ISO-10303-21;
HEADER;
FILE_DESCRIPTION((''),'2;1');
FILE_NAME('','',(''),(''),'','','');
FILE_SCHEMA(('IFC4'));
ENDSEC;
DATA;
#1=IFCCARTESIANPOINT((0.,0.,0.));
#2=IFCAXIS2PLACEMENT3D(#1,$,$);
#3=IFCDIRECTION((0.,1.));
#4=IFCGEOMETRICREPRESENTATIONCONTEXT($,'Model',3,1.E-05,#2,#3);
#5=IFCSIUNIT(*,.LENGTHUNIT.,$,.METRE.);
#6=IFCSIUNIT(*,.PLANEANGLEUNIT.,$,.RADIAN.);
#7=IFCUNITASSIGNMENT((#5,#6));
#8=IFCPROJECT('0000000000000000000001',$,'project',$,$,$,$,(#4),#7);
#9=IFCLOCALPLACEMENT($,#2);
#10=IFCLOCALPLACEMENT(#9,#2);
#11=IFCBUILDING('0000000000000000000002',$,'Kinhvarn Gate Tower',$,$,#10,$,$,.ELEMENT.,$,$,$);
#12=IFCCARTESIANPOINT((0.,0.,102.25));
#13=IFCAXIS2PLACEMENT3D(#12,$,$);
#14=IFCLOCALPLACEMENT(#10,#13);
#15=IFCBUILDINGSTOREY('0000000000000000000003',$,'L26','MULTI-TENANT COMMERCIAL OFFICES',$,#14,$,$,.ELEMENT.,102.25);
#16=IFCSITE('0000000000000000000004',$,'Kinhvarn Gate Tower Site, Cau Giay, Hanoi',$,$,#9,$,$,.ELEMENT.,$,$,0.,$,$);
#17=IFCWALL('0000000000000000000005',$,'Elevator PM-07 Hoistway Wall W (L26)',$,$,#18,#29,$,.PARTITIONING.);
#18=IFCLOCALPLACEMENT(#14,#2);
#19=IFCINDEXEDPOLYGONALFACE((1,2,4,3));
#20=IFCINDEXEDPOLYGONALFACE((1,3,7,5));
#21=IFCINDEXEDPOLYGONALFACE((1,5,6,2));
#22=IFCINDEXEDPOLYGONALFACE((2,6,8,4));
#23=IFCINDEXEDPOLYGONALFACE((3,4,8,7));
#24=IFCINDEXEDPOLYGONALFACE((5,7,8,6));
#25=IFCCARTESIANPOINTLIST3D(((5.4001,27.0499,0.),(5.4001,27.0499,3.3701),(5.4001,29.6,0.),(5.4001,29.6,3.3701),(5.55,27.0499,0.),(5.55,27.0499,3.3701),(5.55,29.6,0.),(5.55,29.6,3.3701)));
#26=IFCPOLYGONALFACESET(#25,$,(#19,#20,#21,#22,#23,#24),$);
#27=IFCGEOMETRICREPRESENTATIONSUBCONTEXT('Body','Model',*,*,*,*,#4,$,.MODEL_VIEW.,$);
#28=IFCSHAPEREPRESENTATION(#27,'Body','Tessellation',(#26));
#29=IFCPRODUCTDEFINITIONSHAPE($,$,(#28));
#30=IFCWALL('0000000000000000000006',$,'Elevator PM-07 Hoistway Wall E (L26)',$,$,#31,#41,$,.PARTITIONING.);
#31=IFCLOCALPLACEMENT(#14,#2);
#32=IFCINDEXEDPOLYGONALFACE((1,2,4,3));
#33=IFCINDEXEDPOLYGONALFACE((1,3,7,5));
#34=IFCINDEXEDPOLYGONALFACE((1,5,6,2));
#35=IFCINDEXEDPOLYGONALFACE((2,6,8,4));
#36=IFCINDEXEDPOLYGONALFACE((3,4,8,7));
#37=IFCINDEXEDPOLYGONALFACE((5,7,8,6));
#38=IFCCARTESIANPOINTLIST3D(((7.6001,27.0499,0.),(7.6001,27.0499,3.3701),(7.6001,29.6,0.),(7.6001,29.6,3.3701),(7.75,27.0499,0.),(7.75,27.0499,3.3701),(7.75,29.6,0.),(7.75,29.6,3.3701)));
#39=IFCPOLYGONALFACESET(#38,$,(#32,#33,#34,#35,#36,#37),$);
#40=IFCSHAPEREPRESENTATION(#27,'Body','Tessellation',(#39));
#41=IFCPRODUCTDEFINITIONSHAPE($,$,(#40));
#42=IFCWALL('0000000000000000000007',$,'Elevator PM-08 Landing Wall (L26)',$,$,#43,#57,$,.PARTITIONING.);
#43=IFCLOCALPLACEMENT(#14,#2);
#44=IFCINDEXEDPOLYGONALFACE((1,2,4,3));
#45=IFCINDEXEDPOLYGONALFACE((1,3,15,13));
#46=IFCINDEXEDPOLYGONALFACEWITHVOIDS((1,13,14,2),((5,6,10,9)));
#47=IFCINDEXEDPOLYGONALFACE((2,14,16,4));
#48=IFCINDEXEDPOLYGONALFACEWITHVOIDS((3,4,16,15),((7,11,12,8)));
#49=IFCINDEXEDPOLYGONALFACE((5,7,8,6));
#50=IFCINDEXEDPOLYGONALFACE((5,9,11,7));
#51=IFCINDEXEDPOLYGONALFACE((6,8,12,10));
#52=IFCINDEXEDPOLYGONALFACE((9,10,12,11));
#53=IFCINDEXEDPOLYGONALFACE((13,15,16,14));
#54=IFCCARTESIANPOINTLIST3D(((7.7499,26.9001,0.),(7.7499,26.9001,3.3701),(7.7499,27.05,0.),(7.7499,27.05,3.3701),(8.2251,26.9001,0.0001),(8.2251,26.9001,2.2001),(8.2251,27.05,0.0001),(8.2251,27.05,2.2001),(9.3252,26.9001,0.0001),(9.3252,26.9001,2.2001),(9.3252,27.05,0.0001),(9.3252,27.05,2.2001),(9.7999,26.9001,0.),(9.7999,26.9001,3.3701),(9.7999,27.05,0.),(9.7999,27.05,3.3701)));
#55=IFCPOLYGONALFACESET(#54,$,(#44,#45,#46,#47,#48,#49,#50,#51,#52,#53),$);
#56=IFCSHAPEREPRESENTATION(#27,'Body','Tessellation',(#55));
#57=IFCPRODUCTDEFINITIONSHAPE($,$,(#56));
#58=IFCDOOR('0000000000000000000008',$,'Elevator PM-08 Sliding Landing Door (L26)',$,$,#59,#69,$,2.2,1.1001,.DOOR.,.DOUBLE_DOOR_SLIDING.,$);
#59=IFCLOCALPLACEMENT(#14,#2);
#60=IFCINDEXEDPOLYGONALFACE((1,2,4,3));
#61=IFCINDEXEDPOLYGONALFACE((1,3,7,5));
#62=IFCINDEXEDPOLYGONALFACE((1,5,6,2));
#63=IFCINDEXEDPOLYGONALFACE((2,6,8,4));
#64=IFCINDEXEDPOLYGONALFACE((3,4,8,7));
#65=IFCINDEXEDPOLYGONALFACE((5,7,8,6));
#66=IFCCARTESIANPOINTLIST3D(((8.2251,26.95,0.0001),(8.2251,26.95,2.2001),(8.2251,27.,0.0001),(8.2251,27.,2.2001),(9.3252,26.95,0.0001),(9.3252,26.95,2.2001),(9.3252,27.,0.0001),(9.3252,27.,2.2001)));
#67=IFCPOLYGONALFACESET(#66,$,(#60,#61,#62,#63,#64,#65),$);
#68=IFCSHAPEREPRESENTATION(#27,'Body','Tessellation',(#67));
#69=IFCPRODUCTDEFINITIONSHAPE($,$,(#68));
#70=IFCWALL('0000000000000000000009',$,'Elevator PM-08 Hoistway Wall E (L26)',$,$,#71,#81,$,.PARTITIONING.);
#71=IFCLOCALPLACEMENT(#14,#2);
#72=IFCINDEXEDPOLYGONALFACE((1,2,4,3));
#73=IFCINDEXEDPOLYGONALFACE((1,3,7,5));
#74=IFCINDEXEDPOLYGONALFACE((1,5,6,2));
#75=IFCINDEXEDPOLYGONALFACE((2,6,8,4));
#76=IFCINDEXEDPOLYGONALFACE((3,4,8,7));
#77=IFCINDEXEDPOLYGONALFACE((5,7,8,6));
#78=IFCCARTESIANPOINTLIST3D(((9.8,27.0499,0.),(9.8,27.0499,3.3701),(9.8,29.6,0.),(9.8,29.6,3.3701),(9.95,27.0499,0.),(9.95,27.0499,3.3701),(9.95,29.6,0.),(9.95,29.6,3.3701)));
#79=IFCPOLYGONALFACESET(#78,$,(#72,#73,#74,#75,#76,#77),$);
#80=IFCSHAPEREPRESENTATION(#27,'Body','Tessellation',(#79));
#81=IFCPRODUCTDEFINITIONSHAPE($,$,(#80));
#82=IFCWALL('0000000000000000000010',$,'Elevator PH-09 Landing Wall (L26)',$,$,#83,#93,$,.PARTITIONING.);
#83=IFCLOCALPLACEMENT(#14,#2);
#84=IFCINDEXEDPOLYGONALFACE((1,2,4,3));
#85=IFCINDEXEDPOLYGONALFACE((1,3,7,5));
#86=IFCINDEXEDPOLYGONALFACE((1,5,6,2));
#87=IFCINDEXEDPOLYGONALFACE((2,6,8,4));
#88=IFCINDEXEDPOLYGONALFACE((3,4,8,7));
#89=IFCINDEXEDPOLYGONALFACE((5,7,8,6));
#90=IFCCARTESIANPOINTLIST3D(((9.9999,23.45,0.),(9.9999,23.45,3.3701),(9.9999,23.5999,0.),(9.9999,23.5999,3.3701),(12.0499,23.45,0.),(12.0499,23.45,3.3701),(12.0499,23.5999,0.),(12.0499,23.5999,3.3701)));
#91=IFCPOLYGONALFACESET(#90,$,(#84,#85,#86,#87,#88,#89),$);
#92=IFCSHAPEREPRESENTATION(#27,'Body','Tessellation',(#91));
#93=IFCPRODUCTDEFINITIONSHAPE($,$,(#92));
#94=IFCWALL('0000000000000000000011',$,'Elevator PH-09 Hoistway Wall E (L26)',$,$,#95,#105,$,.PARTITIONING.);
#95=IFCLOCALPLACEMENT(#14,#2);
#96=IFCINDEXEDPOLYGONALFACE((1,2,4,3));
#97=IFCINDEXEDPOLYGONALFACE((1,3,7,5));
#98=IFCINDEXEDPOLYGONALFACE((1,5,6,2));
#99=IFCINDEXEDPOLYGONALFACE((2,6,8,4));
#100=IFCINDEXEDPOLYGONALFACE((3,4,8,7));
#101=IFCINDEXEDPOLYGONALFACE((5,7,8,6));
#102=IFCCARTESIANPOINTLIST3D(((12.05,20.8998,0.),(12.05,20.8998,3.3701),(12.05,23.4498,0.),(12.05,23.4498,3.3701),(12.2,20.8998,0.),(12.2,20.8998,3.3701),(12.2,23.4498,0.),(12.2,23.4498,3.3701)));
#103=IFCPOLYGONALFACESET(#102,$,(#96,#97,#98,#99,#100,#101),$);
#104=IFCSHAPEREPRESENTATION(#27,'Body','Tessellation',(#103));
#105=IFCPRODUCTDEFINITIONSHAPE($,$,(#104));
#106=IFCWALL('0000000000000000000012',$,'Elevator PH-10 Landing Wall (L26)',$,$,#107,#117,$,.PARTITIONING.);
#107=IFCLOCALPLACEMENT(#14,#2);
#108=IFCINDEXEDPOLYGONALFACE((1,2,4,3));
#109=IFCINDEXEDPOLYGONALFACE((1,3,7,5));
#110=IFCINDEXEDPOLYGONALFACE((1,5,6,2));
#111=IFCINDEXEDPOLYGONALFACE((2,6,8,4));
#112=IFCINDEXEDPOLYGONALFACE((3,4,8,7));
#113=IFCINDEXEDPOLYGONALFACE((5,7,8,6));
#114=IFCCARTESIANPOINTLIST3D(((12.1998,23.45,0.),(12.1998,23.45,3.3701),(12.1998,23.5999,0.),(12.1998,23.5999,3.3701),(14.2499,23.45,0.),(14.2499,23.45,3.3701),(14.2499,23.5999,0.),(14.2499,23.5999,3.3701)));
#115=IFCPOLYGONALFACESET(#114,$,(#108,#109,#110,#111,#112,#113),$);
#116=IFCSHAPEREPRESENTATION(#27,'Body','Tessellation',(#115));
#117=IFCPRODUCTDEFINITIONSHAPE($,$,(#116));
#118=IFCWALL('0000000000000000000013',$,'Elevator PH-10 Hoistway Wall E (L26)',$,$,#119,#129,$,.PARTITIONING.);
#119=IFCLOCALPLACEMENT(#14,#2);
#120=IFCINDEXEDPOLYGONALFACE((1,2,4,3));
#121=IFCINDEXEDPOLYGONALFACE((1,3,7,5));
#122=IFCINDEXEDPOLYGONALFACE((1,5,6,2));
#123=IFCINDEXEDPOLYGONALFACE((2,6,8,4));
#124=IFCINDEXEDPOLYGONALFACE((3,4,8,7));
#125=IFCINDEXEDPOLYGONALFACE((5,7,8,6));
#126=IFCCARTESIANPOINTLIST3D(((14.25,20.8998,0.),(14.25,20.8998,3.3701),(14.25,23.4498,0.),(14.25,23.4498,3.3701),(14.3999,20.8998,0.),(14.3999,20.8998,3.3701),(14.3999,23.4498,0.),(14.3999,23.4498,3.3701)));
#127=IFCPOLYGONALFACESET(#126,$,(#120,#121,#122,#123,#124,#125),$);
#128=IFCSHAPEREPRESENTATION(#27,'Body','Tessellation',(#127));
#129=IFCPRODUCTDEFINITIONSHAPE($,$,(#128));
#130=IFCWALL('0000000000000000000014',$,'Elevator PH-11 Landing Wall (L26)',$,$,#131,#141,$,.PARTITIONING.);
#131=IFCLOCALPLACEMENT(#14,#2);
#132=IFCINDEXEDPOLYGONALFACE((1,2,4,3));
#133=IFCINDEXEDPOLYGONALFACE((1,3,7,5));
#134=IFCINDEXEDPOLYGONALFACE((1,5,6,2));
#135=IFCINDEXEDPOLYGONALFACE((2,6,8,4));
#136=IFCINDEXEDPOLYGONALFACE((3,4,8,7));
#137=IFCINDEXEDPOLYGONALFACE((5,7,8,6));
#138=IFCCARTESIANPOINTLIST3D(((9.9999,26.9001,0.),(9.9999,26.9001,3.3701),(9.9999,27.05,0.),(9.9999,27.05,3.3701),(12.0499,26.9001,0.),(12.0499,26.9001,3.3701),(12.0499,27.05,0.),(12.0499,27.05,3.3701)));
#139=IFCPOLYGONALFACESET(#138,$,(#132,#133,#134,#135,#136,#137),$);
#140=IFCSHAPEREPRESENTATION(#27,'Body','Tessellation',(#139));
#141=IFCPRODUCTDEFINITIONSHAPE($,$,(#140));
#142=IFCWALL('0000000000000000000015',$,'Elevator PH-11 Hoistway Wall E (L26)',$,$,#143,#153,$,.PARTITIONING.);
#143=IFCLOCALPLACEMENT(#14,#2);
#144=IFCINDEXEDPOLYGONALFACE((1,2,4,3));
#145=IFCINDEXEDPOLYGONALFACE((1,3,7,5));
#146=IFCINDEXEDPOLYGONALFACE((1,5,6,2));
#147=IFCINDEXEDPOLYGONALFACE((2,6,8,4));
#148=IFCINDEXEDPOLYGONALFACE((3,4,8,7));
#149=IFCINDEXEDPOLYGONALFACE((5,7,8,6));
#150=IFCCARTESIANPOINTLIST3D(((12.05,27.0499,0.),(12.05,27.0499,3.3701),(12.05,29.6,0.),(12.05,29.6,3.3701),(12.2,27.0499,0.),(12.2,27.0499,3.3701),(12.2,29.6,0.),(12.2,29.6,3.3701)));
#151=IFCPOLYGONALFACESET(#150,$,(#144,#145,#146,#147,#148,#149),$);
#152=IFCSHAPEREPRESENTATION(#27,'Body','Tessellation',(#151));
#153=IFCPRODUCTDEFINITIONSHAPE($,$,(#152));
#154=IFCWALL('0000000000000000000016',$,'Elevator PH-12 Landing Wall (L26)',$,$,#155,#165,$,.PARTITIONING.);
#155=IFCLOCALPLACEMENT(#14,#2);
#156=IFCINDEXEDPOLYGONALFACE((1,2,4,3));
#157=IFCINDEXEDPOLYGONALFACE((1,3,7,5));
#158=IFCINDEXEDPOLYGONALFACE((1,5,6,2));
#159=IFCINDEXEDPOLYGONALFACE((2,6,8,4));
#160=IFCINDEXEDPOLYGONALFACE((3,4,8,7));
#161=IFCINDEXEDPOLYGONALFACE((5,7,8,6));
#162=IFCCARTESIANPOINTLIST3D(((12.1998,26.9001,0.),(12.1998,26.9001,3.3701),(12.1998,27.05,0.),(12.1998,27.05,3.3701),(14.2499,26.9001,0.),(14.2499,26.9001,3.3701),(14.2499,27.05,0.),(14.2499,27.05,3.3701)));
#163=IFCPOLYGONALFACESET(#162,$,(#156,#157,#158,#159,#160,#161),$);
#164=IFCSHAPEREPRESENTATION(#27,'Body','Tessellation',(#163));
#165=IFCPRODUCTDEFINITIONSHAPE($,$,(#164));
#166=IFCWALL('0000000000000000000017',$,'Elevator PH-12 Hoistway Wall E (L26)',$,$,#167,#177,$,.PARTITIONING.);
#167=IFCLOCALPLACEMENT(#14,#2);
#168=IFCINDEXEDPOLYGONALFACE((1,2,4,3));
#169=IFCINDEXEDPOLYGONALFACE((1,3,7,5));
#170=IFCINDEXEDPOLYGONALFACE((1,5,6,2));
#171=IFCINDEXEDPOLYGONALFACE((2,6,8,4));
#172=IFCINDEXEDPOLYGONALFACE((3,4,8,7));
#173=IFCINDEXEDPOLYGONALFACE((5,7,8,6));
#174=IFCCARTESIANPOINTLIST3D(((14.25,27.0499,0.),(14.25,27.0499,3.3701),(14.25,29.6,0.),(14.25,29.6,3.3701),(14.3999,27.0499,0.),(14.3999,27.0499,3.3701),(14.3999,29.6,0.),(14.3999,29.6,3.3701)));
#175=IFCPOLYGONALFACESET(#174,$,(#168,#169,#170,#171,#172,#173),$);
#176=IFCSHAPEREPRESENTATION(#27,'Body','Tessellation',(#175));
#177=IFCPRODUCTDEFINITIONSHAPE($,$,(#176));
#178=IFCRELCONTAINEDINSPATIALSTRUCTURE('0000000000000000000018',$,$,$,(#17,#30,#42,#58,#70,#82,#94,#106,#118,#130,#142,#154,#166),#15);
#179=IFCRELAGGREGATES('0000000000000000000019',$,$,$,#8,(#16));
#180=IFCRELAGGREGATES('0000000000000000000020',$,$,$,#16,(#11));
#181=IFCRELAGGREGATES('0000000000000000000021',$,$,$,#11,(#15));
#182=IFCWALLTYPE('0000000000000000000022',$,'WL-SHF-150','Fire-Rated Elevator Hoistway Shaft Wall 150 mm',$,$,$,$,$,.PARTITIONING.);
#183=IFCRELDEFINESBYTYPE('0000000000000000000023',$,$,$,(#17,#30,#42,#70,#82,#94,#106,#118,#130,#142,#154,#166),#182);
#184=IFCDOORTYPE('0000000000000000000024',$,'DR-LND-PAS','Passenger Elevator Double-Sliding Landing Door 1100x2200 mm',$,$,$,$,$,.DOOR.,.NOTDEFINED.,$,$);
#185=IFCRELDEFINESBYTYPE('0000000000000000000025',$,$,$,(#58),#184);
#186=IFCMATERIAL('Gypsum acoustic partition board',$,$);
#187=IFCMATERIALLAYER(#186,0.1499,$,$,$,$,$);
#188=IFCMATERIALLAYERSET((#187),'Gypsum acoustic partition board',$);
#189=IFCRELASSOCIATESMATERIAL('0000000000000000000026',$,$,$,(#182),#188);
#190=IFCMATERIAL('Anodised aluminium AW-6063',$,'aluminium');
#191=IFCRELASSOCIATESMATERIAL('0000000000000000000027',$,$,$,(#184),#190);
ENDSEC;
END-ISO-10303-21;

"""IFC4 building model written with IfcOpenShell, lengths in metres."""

from ifc_helpers import new_model, si_unit, direction, frame, frame_2d, origin, place, context, subcontext, project, spatial, rectangle, extrude, material, layer, layer_set, type_object, element, fill, save


model = new_model("IFC4")

# Units and contexts
model_context = context("Model", 3, precision=1e-05, world=origin(), true_north=direction((0.0, 1.0)))
body_context = subcontext(model_context, "Body", "Model", "MODEL_VIEW")
ifc_project = project(units=[si_unit("LENGTHUNIT", "METRE"), si_unit("PLANEANGLEUNIT", "RADIAN")], contexts=[model_context])

# Site, building, storey
site_placement = place(None, origin())
site = spatial("IfcSite", under=ifc_project, at=site_placement, Name="Kinhvarn Gate Tower Site, Cau Giay, Hanoi", CompositionType="ELEMENT", RefElevation=0.0)
building_placement = place(site_placement, origin())
building = spatial("IfcBuilding", under=site, at=building_placement, Name="Kinhvarn Gate Tower", CompositionType="ELEMENT")
storey_placement = place(building_placement, frame((0.0, 0.0, 102.25)))
storey = spatial("IfcBuildingStorey", under=building, at=storey_placement, Name="L26", Description="MULTI-TENANT COMMERCIAL OFFICES", CompositionType="ELEMENT", Elevation=102.25)

# Shared definitions
ifc_material_1 = material(Name="Gypsum acoustic partition board")

# Shared definitions
ifc_layer_1 = layer(ifc_material_1, 0.1499)
ifc_layer_set_1 = layer_set([ifc_layer_1], Name="Gypsum acoustic partition board")
wall_type_1 = type_object("IfcWallType", Name="WL-SHF-150", Description="Fire-Rated Elevator Hoistway Shaft Wall 150 mm", PredefinedType="PARTITIONING", material=ifc_layer_set_1)
ifc_material_2 = material(Name="Anodised aluminium AW-6063", Category="aluminium")
door_type_1 = type_object("IfcDoorType", Name="DR-LND-PAS", Description="Passenger Elevator Double-Sliding Landing Door 1100x2200 mm", OperationType="NOTDEFINED", PredefinedType="DOOR", material=ifc_material_2)

# Walls
for number, where, z_axis, x_axis, name in (
    (1, (5.4751, 27.05, 0.0), (0.0, 0.0, 1.0), (0.0, 1.0, 0.0), "Elevator PM-07 Hoistway Wall W (L26)"),
    (2, (7.675, 27.05, 0.0), (0.0, 0.0, 1.0), (0.0, 1.0, 0.0), "Elevator PM-07 Hoistway Wall E (L26)"),
):
    element("IfcWall", number, at=place(storey_placement, frame(where, z_axis=z_axis, x_axis=x_axis)), inside=storey, type_object=wall_type_1, Name=name, PredefinedType="PARTITIONING", context=body_context, shape_type="SweptSolid", body=[
        extrude(rectangle(XDim=2.55, YDim=0.1499, at=frame_2d((1.2749, 0.0))), origin(), (0.0, 0.0, 1.0), 3.3701),
    ])

# Wall, opening, door
wall_1_placement = place(storey_placement, frame((7.75, 26.9751, 0.0), z_axis=(0.0, 0.0, 1.0), x_axis=(1.0, 0.0, 0.0)))
wall_1 = element("IfcWall", 3, at=wall_1_placement, inside=storey, type_object=wall_type_1, Name="Elevator PM-08 Landing Wall (L26)", PredefinedType="PARTITIONING", context=body_context, shape_type="SweptSolid", body=[
    extrude(rectangle(XDim=2.05, YDim=0.1499, at=frame_2d((1.0249, 0.0))), origin(), (0.0, 0.0, 1.0), 3.3701),
])
opening_1_placement = place(wall_1_placement, frame((0.4751, 0.0, 0.0)))
opening_1 = element("IfcOpeningElement", 4, at=opening_1_placement, cuts=wall_1, PredefinedType="OPENING", context=body_context, shape_type="SweptSolid", body=[
    extrude(rectangle(XDim=1.1001, YDim=2.2, at=frame_2d((0.55, 1.1001))), frame((0.0, 0.085, 0.0), z_axis=(0.0, -1.0, 0.0), x_axis=(1.0, 0.0, 0.0)), (0.0, 0.0, 1.0), 0.1699),
])
door_1_placement = place(opening_1_placement, origin())
door_1 = element("IfcDoor", 5, at=door_1_placement, inside=storey, type_object=door_type_1, Name="Elevator PM-08 Sliding Landing Door (L26)", OperationType="DOUBLE_DOOR_SLIDING", OverallHeight=2.2, OverallWidth=1.1001, PredefinedType="DOOR", context=body_context, shape_type="SweptSolid", body=[
    extrude(rectangle(XDim=1.1001, YDim=2.2, at=frame_2d((0.55, 1.1001))), frame((0.0, 0.0249, 0.0), z_axis=(0.0, -1.0, 0.0), x_axis=(1.0, 0.0, 0.0)), (0.0, 0.0, 1.0), 0.05),
])
fill(opening_1, door_1)

# Walls
wall_2_placement = place(storey_placement, frame((9.875, 27.05, 0.0), z_axis=(0.0, 0.0, 1.0), x_axis=(0.0, 1.0, 0.0)))
element("IfcWall", 6, at=wall_2_placement, inside=storey, type_object=wall_type_1, Name="Elevator PM-08 Hoistway Wall E (L26)", PredefinedType="PARTITIONING", context=body_context, shape_type="SweptSolid", body=[
    extrude(rectangle(XDim=2.55, YDim=0.1499, at=frame_2d((1.2749, 0.0))), origin(), (0.0, 0.0, 1.0), 3.3701),
])
wall_3_placement = place(storey_placement, frame((10.0, 23.5249, 0.0), z_axis=(0.0, 0.0, 1.0), x_axis=(1.0, 0.0, 0.0)))
element("IfcWall", 7, at=wall_3_placement, inside=storey, type_object=wall_type_1, Name="Elevator PH-09 Landing Wall (L26)", PredefinedType="PARTITIONING", context=body_context, shape_type="SweptSolid", body=[
    extrude(rectangle(XDim=2.05, YDim=0.1499, at=frame_2d((1.0249, 0.0))), origin(), (0.0, 0.0, 1.0), 3.3701),
])
wall_4_placement = place(storey_placement, frame((12.125, 20.8999, 0.0), z_axis=(0.0, 0.0, 1.0), x_axis=(0.0, 1.0, 0.0)))
element("IfcWall", 8, at=wall_4_placement, inside=storey, type_object=wall_type_1, Name="Elevator PH-09 Hoistway Wall E (L26)", PredefinedType="PARTITIONING", context=body_context, shape_type="SweptSolid", body=[
    extrude(rectangle(XDim=2.55, YDim=0.1499, at=frame_2d((1.2749, 0.0))), origin(), (0.0, 0.0, 1.0), 3.3701),
])
wall_5_placement = place(storey_placement, frame((12.2, 23.5249, 0.0), z_axis=(0.0, 0.0, 1.0), x_axis=(1.0, 0.0, 0.0)))
element("IfcWall", 9, at=wall_5_placement, inside=storey, type_object=wall_type_1, Name="Elevator PH-10 Landing Wall (L26)", PredefinedType="PARTITIONING", context=body_context, shape_type="SweptSolid", body=[
    extrude(rectangle(XDim=2.05, YDim=0.1499, at=frame_2d((1.0249, 0.0))), origin(), (0.0, 0.0, 1.0), 3.3701),
])
wall_6_placement = place(storey_placement, frame((14.325, 20.8999, 0.0), z_axis=(0.0, 0.0, 1.0), x_axis=(0.0, 1.0, 0.0)))
element("IfcWall", 10, at=wall_6_placement, inside=storey, type_object=wall_type_1, Name="Elevator PH-10 Hoistway Wall E (L26)", PredefinedType="PARTITIONING", context=body_context, shape_type="SweptSolid", body=[
    extrude(rectangle(XDim=2.55, YDim=0.1499, at=frame_2d((1.2749, 0.0))), origin(), (0.0, 0.0, 1.0), 3.3701),
])
wall_7_placement = place(storey_placement, frame((10.0, 26.9751, 0.0), z_axis=(0.0, 0.0, 1.0), x_axis=(1.0, 0.0, 0.0)))
element("IfcWall", 11, at=wall_7_placement, inside=storey, type_object=wall_type_1, Name="Elevator PH-11 Landing Wall (L26)", PredefinedType="PARTITIONING", context=body_context, shape_type="SweptSolid", body=[
    extrude(rectangle(XDim=2.05, YDim=0.1499, at=frame_2d((1.0249, 0.0))), origin(), (0.0, 0.0, 1.0), 3.3701),
])
wall_8_placement = place(storey_placement, frame((12.125, 27.05, 0.0), z_axis=(0.0, 0.0, 1.0), x_axis=(0.0, 1.0, 0.0)))
element("IfcWall", 12, at=wall_8_placement, inside=storey, type_object=wall_type_1, Name="Elevator PH-11 Hoistway Wall E (L26)", PredefinedType="PARTITIONING", context=body_context, shape_type="SweptSolid", body=[
    extrude(rectangle(XDim=2.55, YDim=0.1499, at=frame_2d((1.2749, 0.0))), origin(), (0.0, 0.0, 1.0), 3.3701),
])
wall_9_placement = place(storey_placement, frame((12.2, 26.9751, 0.0), z_axis=(0.0, 0.0, 1.0), x_axis=(1.0, 0.0, 0.0)))
element("IfcWall", 13, at=wall_9_placement, inside=storey, type_object=wall_type_1, Name="Elevator PH-12 Landing Wall (L26)", PredefinedType="PARTITIONING", context=body_context, shape_type="SweptSolid", body=[
    extrude(rectangle(XDim=2.05, YDim=0.1499, at=frame_2d((1.0249, 0.0))), origin(), (0.0, 0.0, 1.0), 3.3701),
])
wall_10_placement = place(storey_placement, frame((14.325, 27.05, 0.0), z_axis=(0.0, 0.0, 1.0), x_axis=(0.0, 1.0, 0.0)))
element("IfcWall", 14, at=wall_10_placement, inside=storey, type_object=wall_type_1, Name="Elevator PH-12 Hoistway Wall E (L26)", PredefinedType="PARTITIONING", context=body_context, shape_type="SweptSolid", body=[
    extrude(rectangle(XDim=2.55, YDim=0.1499, at=frame_2d((1.2749, 0.0))), origin(), (0.0, 0.0, 1.0), 3.3701),
])

save(model, "model.ifc")
